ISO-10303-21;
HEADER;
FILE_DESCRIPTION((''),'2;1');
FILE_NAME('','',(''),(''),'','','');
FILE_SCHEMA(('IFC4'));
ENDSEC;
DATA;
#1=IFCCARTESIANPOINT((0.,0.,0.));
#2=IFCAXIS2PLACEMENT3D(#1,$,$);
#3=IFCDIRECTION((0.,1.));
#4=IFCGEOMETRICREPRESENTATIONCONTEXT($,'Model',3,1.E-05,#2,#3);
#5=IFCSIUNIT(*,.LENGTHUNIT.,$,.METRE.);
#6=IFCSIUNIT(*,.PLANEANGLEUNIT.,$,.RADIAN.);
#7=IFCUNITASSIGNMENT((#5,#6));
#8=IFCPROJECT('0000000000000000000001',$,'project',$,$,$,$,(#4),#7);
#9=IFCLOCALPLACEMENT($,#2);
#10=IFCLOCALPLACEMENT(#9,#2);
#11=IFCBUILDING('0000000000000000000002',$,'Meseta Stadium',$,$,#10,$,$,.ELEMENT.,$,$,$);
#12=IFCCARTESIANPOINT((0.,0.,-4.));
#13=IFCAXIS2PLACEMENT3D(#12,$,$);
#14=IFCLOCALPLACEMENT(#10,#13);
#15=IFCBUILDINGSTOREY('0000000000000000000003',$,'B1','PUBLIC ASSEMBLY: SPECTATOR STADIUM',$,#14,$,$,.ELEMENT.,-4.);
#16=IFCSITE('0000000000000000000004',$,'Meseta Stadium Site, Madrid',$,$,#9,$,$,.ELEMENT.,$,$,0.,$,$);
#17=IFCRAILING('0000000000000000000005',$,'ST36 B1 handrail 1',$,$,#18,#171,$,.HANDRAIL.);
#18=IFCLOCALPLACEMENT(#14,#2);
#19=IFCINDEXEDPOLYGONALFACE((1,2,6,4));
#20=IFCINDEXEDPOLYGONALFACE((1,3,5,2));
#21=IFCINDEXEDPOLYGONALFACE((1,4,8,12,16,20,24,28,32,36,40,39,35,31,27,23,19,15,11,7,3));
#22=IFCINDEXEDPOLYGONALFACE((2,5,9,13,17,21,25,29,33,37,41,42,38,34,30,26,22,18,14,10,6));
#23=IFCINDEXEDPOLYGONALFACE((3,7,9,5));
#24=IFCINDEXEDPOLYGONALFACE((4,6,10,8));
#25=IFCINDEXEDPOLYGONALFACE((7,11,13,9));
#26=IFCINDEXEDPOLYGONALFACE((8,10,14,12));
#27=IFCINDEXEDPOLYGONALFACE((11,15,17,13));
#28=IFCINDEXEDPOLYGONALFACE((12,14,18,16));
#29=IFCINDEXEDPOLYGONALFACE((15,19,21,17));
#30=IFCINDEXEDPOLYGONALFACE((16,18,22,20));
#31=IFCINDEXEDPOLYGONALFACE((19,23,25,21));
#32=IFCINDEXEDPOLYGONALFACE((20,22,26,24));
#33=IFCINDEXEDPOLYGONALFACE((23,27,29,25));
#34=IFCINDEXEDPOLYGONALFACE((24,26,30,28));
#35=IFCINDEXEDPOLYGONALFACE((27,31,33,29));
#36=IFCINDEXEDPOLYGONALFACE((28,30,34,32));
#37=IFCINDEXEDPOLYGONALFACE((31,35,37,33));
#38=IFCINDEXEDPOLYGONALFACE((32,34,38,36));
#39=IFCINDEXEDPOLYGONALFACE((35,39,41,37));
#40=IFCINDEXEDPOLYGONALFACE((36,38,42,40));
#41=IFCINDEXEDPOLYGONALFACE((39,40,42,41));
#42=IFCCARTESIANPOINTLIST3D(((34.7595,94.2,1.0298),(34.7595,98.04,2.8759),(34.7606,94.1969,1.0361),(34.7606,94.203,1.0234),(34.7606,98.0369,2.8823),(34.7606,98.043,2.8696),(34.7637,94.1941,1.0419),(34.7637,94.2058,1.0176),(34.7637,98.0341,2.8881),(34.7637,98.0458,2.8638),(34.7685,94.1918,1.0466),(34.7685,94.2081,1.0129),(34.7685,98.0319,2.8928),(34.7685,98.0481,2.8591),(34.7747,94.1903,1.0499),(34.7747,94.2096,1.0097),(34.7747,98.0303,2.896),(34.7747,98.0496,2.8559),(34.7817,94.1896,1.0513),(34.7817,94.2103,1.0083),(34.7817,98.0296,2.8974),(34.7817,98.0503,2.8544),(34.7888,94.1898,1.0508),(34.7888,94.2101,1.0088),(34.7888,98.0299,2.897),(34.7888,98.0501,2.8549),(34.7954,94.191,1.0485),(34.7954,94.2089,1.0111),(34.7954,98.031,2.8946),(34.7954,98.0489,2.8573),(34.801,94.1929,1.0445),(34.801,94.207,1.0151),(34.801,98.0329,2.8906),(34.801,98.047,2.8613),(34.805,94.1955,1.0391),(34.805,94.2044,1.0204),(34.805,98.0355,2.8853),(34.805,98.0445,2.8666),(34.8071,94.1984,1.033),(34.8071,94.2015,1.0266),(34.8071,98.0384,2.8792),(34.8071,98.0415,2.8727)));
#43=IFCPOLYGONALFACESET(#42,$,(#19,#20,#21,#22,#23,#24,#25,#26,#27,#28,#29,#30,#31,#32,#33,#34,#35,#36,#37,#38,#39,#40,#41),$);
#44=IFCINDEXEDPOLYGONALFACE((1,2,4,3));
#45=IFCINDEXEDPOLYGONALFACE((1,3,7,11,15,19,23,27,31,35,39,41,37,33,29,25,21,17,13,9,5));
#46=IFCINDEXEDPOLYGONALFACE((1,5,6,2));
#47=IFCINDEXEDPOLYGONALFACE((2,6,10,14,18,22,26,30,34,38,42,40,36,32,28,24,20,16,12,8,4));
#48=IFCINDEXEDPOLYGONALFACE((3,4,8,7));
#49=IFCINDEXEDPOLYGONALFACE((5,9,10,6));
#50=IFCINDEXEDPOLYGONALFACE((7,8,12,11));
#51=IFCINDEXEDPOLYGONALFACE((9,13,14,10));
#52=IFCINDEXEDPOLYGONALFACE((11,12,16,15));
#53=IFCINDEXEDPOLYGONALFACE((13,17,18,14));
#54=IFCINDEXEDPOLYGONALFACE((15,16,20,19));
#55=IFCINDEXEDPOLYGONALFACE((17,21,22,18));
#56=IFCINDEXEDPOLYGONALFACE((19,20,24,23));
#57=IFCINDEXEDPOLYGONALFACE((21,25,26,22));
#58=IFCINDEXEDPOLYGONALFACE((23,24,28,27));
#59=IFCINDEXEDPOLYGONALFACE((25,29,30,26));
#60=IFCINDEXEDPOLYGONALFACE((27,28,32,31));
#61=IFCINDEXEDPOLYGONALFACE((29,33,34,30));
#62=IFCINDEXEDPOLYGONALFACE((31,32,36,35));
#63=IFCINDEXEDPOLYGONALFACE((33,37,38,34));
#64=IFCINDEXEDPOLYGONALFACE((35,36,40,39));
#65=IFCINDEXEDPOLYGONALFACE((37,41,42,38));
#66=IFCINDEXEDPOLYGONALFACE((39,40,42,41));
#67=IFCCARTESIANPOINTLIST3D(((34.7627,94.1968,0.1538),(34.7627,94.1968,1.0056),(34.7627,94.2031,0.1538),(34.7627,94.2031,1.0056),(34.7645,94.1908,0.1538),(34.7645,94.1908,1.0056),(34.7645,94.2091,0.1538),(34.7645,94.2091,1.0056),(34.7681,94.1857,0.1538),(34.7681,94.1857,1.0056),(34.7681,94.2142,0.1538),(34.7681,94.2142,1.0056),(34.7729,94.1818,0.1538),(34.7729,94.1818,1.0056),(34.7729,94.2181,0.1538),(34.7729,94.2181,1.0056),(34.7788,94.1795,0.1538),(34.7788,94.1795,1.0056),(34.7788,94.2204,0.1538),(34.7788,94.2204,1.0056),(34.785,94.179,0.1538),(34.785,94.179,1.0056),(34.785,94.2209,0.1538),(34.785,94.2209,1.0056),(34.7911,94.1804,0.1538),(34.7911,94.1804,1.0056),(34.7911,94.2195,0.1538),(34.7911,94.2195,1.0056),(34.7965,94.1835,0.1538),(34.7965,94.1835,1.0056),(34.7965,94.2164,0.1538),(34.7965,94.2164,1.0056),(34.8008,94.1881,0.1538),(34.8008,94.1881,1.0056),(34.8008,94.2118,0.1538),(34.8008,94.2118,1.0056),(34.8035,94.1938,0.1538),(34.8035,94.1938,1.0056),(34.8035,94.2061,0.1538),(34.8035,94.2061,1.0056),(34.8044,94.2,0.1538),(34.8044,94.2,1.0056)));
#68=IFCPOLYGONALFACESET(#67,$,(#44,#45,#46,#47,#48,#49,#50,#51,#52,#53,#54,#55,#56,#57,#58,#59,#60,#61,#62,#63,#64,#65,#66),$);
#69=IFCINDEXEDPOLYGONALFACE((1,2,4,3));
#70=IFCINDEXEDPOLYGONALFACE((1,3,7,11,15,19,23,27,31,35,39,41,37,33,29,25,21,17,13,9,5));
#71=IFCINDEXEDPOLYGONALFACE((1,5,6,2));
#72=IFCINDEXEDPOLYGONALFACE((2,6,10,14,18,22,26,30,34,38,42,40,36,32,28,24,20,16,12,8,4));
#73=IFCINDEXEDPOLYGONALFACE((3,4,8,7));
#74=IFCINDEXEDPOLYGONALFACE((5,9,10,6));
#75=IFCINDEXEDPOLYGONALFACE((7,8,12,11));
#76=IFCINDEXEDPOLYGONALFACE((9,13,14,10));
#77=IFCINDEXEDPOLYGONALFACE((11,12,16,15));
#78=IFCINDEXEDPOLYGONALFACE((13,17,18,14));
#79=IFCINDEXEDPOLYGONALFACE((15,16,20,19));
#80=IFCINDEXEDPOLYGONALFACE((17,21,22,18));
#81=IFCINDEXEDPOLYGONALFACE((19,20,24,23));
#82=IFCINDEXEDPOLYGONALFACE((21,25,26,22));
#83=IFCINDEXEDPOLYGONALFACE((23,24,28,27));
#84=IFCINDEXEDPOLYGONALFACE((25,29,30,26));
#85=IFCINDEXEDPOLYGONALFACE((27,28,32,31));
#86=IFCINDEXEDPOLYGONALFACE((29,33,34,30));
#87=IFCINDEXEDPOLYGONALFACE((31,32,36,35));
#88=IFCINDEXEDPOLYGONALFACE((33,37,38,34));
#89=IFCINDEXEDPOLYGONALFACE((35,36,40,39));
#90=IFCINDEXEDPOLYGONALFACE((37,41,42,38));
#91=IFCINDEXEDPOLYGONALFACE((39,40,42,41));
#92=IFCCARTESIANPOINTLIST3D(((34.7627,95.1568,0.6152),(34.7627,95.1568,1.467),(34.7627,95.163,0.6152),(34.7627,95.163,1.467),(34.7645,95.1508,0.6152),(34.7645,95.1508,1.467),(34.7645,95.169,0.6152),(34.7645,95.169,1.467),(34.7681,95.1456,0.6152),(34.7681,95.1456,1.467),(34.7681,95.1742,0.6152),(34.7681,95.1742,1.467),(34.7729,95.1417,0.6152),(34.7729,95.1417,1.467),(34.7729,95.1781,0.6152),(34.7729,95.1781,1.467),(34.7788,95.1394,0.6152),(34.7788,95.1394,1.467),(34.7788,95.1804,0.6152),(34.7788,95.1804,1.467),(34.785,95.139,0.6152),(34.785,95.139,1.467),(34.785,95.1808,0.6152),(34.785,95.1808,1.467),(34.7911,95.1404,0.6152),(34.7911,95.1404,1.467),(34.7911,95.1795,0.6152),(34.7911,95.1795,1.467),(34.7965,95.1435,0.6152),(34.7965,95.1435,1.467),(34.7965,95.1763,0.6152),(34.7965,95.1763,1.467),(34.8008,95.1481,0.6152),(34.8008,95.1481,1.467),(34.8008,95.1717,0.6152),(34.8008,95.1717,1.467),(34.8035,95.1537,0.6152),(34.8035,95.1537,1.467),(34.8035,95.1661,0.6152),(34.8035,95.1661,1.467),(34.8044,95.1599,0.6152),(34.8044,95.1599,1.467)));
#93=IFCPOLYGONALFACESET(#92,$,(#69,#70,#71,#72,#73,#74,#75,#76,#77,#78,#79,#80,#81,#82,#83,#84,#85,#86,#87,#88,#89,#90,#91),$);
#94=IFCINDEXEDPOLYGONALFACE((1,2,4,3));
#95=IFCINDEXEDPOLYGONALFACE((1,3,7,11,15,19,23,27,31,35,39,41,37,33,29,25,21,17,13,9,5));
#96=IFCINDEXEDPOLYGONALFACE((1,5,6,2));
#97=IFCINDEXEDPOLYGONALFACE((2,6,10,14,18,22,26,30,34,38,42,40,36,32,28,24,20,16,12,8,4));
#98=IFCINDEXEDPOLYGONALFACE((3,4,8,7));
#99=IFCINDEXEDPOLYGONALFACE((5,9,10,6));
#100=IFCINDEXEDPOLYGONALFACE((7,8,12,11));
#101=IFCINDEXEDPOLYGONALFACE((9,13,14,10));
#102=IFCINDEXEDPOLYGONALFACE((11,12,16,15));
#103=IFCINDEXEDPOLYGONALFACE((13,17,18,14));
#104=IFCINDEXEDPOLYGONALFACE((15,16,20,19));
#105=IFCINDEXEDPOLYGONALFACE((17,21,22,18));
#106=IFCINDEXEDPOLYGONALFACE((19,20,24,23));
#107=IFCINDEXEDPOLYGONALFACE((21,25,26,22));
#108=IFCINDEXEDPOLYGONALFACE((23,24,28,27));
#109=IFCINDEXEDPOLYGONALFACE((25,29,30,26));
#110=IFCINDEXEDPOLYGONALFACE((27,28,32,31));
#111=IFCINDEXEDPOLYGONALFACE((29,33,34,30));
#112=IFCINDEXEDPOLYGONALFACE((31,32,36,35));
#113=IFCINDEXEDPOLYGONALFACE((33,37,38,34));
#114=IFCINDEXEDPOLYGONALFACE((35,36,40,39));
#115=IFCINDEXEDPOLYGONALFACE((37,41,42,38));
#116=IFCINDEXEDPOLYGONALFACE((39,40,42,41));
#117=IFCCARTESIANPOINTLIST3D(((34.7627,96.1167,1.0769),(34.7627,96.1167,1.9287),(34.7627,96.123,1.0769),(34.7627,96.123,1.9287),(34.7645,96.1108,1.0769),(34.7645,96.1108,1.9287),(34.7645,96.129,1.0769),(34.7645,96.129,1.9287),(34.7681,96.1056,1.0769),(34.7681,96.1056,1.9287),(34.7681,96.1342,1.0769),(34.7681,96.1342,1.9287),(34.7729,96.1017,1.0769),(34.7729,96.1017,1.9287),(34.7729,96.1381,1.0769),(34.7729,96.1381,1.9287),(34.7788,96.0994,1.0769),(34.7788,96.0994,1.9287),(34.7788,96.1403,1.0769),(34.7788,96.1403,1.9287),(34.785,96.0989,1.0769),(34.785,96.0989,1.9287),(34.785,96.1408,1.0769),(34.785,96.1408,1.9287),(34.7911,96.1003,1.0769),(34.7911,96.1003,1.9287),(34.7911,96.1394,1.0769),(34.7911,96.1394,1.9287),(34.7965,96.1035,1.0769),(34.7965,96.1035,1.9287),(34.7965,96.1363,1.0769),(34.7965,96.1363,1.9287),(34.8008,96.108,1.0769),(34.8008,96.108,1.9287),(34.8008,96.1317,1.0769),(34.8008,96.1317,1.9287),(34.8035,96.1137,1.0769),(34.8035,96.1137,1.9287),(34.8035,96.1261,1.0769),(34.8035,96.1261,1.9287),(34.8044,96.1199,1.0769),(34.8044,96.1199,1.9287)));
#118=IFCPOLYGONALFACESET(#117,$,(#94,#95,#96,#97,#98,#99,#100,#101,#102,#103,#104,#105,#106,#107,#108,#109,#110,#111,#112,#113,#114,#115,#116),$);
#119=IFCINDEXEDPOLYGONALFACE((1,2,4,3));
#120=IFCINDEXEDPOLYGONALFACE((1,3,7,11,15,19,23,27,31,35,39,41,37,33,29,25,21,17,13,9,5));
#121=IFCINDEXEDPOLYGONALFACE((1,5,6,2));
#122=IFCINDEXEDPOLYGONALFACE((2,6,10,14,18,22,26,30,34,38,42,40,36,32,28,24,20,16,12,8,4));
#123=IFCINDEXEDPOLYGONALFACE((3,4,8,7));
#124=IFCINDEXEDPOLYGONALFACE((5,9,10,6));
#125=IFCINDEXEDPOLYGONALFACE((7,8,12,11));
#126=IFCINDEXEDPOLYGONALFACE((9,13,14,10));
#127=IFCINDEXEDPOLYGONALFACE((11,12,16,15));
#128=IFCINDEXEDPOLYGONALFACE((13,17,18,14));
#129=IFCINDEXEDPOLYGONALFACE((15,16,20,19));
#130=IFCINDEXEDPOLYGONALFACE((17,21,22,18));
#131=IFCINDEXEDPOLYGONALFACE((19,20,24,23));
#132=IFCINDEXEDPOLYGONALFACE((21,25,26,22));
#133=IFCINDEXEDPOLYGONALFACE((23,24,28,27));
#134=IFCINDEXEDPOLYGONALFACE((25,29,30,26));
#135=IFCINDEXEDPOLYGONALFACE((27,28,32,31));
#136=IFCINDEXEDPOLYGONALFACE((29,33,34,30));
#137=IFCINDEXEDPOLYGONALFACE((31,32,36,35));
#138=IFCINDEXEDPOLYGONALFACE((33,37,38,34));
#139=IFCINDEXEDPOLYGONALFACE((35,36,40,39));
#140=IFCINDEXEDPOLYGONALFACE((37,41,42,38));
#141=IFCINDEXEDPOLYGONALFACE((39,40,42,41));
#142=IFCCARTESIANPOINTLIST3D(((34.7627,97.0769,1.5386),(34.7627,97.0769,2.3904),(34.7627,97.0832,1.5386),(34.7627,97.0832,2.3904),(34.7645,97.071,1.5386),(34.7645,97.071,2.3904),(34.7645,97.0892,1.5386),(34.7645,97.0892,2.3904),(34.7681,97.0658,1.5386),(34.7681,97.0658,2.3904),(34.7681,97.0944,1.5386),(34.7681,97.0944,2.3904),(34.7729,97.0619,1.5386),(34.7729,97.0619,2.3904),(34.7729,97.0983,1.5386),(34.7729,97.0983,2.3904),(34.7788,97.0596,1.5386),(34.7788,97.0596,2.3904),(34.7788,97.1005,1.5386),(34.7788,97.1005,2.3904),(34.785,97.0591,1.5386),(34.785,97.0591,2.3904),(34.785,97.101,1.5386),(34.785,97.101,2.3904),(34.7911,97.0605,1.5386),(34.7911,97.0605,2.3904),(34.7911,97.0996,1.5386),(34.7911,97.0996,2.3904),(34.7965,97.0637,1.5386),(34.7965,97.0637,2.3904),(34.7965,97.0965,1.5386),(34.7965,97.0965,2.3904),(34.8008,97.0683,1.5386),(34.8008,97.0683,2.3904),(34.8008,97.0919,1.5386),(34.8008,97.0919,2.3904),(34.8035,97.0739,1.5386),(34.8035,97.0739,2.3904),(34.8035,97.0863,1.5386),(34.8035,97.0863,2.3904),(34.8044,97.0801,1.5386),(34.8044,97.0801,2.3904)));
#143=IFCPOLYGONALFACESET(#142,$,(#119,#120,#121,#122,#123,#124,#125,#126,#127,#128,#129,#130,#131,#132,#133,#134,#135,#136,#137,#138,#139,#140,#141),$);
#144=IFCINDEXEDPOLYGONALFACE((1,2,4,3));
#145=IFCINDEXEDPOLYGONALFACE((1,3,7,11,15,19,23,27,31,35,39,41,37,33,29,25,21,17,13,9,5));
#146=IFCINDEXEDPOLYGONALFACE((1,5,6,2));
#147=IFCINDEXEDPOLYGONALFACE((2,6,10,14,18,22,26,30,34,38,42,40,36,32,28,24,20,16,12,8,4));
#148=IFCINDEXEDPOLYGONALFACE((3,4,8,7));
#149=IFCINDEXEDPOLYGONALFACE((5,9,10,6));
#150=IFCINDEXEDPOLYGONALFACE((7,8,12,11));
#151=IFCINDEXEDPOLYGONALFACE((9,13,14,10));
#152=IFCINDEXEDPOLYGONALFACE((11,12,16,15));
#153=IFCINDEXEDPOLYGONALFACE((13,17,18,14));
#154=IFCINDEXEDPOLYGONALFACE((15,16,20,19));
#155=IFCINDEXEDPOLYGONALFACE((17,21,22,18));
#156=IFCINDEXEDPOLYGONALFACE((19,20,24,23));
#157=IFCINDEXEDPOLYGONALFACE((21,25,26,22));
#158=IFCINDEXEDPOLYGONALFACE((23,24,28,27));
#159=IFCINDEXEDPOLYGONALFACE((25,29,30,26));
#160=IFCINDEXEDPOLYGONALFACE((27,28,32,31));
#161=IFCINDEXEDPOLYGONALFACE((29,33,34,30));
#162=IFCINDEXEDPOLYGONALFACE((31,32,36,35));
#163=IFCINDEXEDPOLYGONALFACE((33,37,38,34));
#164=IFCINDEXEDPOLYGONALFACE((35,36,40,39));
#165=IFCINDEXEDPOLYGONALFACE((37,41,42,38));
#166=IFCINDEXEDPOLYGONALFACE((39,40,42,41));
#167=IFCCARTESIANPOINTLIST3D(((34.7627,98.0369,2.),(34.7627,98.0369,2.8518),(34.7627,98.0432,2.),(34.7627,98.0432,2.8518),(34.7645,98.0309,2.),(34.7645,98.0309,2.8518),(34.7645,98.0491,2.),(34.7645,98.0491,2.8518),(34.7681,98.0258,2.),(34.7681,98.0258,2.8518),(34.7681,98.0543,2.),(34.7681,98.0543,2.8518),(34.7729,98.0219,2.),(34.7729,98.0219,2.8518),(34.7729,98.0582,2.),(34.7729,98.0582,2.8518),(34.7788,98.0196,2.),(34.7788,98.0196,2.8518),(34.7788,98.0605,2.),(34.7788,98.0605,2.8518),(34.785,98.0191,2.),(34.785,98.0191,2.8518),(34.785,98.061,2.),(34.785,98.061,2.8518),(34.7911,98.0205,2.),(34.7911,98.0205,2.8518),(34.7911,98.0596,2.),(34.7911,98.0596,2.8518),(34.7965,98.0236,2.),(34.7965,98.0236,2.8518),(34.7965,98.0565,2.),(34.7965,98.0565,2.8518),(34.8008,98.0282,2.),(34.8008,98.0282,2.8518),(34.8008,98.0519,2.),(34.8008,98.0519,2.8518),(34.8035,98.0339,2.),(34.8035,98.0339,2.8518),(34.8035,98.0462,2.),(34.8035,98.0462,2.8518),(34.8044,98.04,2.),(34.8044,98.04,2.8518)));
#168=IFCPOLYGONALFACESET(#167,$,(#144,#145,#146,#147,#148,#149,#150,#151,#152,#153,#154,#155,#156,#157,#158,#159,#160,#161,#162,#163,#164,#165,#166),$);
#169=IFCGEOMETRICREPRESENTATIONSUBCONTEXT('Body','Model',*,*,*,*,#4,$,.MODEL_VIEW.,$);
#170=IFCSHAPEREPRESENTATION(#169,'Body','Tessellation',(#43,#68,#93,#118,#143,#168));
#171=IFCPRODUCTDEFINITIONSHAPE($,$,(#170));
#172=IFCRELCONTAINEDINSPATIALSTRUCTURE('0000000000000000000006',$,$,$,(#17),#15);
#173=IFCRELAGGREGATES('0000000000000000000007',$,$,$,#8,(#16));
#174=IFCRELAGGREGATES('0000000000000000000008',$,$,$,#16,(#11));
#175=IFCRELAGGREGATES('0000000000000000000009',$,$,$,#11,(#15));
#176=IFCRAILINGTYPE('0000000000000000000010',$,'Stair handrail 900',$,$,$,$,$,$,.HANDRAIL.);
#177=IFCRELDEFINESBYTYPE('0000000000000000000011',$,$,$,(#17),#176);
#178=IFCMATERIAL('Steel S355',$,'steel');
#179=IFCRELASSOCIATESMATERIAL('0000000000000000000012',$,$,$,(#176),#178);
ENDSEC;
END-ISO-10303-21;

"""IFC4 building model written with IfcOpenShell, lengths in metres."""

from ifc_helpers import new_model, si_unit, direction, frame, origin, origin_2d, place, context, subcontext, project, spatial, circle, extrude, material, type_object, element, save


model = new_model("IFC4")

# Units and contexts
model_context = context("Model", 3, precision=1e-05, world=origin(), true_north=direction((0.0, 1.0)))
body_context = subcontext(model_context, "Body", "Model", "MODEL_VIEW")
ifc_project = project(units=[si_unit("LENGTHUNIT", "METRE"), si_unit("PLANEANGLEUNIT", "RADIAN")], contexts=[model_context])

# Site, building, storey
site_placement = place(None, origin())
site = spatial("IfcSite", under=ifc_project, at=site_placement, Name="Meseta Stadium Site, Madrid", CompositionType="ELEMENT", RefElevation=0.0)
building_placement = place(site_placement, origin())
building = spatial("IfcBuilding", under=site, at=building_placement, Name="Meseta Stadium", CompositionType="ELEMENT")
storey_placement = place(building_placement, frame((0.0, 0.0, -4.0)))
storey = spatial("IfcBuildingStorey", under=building, at=storey_placement, Name="B1", Description="PUBLIC ASSEMBLY: SPECTATOR STADIUM", CompositionType="ELEMENT", Elevation=-4.0)

# Railing
ifc_material_1 = material(Name="Steel S355", Category="steel")
railing_type_1 = type_object("IfcRailingType", Name="Stair handrail 900", PredefinedType="HANDRAIL", material=ifc_material_1)
for number, where, name in (
    (1, (34.7834, 94.2, 0.1538), "ST36 B1 handrail 1"),
):
    element("IfcRailing", number, at=place(storey_placement, frame(where)), inside=storey, type_object=railing_type_1, Name=name, PredefinedType="HANDRAIL", context=body_context, shape_type="SweptSolid", body=[
        extrude(circle(Radius=0.0239, at=origin_2d()), frame((0.0, 0.0, 0.876), z_axis=(0.0, 0.901253, 0.433294), x_axis=(-1.0, 0.0, 0.0)), (0.0, 0.0, 1.0), 4.2607),
        extrude(circle(Radius=0.021, at=origin_2d()), origin(), (0.0, 0.0, 1.0), 0.8518),
        extrude(circle(Radius=0.021, at=origin_2d()), frame((0.0, 0.96, 0.4614)), (0.0, 0.0, 1.0), 0.8518),
        extrude(circle(Radius=0.021, at=origin_2d()), frame((0.0, 1.9199, 0.9231)), (0.0, 0.0, 1.0), 0.8518),
        extrude(circle(Radius=0.021, at=origin_2d()), frame((0.0, 2.8801, 1.3848)), (0.0, 0.0, 1.0), 0.8518),
        extrude(circle(Radius=0.021, at=origin_2d()), frame((0.0, 3.8401, 1.8462)), (0.0, 0.0, 1.0), 0.8518),
    ])

save(model, "model.ifc")
